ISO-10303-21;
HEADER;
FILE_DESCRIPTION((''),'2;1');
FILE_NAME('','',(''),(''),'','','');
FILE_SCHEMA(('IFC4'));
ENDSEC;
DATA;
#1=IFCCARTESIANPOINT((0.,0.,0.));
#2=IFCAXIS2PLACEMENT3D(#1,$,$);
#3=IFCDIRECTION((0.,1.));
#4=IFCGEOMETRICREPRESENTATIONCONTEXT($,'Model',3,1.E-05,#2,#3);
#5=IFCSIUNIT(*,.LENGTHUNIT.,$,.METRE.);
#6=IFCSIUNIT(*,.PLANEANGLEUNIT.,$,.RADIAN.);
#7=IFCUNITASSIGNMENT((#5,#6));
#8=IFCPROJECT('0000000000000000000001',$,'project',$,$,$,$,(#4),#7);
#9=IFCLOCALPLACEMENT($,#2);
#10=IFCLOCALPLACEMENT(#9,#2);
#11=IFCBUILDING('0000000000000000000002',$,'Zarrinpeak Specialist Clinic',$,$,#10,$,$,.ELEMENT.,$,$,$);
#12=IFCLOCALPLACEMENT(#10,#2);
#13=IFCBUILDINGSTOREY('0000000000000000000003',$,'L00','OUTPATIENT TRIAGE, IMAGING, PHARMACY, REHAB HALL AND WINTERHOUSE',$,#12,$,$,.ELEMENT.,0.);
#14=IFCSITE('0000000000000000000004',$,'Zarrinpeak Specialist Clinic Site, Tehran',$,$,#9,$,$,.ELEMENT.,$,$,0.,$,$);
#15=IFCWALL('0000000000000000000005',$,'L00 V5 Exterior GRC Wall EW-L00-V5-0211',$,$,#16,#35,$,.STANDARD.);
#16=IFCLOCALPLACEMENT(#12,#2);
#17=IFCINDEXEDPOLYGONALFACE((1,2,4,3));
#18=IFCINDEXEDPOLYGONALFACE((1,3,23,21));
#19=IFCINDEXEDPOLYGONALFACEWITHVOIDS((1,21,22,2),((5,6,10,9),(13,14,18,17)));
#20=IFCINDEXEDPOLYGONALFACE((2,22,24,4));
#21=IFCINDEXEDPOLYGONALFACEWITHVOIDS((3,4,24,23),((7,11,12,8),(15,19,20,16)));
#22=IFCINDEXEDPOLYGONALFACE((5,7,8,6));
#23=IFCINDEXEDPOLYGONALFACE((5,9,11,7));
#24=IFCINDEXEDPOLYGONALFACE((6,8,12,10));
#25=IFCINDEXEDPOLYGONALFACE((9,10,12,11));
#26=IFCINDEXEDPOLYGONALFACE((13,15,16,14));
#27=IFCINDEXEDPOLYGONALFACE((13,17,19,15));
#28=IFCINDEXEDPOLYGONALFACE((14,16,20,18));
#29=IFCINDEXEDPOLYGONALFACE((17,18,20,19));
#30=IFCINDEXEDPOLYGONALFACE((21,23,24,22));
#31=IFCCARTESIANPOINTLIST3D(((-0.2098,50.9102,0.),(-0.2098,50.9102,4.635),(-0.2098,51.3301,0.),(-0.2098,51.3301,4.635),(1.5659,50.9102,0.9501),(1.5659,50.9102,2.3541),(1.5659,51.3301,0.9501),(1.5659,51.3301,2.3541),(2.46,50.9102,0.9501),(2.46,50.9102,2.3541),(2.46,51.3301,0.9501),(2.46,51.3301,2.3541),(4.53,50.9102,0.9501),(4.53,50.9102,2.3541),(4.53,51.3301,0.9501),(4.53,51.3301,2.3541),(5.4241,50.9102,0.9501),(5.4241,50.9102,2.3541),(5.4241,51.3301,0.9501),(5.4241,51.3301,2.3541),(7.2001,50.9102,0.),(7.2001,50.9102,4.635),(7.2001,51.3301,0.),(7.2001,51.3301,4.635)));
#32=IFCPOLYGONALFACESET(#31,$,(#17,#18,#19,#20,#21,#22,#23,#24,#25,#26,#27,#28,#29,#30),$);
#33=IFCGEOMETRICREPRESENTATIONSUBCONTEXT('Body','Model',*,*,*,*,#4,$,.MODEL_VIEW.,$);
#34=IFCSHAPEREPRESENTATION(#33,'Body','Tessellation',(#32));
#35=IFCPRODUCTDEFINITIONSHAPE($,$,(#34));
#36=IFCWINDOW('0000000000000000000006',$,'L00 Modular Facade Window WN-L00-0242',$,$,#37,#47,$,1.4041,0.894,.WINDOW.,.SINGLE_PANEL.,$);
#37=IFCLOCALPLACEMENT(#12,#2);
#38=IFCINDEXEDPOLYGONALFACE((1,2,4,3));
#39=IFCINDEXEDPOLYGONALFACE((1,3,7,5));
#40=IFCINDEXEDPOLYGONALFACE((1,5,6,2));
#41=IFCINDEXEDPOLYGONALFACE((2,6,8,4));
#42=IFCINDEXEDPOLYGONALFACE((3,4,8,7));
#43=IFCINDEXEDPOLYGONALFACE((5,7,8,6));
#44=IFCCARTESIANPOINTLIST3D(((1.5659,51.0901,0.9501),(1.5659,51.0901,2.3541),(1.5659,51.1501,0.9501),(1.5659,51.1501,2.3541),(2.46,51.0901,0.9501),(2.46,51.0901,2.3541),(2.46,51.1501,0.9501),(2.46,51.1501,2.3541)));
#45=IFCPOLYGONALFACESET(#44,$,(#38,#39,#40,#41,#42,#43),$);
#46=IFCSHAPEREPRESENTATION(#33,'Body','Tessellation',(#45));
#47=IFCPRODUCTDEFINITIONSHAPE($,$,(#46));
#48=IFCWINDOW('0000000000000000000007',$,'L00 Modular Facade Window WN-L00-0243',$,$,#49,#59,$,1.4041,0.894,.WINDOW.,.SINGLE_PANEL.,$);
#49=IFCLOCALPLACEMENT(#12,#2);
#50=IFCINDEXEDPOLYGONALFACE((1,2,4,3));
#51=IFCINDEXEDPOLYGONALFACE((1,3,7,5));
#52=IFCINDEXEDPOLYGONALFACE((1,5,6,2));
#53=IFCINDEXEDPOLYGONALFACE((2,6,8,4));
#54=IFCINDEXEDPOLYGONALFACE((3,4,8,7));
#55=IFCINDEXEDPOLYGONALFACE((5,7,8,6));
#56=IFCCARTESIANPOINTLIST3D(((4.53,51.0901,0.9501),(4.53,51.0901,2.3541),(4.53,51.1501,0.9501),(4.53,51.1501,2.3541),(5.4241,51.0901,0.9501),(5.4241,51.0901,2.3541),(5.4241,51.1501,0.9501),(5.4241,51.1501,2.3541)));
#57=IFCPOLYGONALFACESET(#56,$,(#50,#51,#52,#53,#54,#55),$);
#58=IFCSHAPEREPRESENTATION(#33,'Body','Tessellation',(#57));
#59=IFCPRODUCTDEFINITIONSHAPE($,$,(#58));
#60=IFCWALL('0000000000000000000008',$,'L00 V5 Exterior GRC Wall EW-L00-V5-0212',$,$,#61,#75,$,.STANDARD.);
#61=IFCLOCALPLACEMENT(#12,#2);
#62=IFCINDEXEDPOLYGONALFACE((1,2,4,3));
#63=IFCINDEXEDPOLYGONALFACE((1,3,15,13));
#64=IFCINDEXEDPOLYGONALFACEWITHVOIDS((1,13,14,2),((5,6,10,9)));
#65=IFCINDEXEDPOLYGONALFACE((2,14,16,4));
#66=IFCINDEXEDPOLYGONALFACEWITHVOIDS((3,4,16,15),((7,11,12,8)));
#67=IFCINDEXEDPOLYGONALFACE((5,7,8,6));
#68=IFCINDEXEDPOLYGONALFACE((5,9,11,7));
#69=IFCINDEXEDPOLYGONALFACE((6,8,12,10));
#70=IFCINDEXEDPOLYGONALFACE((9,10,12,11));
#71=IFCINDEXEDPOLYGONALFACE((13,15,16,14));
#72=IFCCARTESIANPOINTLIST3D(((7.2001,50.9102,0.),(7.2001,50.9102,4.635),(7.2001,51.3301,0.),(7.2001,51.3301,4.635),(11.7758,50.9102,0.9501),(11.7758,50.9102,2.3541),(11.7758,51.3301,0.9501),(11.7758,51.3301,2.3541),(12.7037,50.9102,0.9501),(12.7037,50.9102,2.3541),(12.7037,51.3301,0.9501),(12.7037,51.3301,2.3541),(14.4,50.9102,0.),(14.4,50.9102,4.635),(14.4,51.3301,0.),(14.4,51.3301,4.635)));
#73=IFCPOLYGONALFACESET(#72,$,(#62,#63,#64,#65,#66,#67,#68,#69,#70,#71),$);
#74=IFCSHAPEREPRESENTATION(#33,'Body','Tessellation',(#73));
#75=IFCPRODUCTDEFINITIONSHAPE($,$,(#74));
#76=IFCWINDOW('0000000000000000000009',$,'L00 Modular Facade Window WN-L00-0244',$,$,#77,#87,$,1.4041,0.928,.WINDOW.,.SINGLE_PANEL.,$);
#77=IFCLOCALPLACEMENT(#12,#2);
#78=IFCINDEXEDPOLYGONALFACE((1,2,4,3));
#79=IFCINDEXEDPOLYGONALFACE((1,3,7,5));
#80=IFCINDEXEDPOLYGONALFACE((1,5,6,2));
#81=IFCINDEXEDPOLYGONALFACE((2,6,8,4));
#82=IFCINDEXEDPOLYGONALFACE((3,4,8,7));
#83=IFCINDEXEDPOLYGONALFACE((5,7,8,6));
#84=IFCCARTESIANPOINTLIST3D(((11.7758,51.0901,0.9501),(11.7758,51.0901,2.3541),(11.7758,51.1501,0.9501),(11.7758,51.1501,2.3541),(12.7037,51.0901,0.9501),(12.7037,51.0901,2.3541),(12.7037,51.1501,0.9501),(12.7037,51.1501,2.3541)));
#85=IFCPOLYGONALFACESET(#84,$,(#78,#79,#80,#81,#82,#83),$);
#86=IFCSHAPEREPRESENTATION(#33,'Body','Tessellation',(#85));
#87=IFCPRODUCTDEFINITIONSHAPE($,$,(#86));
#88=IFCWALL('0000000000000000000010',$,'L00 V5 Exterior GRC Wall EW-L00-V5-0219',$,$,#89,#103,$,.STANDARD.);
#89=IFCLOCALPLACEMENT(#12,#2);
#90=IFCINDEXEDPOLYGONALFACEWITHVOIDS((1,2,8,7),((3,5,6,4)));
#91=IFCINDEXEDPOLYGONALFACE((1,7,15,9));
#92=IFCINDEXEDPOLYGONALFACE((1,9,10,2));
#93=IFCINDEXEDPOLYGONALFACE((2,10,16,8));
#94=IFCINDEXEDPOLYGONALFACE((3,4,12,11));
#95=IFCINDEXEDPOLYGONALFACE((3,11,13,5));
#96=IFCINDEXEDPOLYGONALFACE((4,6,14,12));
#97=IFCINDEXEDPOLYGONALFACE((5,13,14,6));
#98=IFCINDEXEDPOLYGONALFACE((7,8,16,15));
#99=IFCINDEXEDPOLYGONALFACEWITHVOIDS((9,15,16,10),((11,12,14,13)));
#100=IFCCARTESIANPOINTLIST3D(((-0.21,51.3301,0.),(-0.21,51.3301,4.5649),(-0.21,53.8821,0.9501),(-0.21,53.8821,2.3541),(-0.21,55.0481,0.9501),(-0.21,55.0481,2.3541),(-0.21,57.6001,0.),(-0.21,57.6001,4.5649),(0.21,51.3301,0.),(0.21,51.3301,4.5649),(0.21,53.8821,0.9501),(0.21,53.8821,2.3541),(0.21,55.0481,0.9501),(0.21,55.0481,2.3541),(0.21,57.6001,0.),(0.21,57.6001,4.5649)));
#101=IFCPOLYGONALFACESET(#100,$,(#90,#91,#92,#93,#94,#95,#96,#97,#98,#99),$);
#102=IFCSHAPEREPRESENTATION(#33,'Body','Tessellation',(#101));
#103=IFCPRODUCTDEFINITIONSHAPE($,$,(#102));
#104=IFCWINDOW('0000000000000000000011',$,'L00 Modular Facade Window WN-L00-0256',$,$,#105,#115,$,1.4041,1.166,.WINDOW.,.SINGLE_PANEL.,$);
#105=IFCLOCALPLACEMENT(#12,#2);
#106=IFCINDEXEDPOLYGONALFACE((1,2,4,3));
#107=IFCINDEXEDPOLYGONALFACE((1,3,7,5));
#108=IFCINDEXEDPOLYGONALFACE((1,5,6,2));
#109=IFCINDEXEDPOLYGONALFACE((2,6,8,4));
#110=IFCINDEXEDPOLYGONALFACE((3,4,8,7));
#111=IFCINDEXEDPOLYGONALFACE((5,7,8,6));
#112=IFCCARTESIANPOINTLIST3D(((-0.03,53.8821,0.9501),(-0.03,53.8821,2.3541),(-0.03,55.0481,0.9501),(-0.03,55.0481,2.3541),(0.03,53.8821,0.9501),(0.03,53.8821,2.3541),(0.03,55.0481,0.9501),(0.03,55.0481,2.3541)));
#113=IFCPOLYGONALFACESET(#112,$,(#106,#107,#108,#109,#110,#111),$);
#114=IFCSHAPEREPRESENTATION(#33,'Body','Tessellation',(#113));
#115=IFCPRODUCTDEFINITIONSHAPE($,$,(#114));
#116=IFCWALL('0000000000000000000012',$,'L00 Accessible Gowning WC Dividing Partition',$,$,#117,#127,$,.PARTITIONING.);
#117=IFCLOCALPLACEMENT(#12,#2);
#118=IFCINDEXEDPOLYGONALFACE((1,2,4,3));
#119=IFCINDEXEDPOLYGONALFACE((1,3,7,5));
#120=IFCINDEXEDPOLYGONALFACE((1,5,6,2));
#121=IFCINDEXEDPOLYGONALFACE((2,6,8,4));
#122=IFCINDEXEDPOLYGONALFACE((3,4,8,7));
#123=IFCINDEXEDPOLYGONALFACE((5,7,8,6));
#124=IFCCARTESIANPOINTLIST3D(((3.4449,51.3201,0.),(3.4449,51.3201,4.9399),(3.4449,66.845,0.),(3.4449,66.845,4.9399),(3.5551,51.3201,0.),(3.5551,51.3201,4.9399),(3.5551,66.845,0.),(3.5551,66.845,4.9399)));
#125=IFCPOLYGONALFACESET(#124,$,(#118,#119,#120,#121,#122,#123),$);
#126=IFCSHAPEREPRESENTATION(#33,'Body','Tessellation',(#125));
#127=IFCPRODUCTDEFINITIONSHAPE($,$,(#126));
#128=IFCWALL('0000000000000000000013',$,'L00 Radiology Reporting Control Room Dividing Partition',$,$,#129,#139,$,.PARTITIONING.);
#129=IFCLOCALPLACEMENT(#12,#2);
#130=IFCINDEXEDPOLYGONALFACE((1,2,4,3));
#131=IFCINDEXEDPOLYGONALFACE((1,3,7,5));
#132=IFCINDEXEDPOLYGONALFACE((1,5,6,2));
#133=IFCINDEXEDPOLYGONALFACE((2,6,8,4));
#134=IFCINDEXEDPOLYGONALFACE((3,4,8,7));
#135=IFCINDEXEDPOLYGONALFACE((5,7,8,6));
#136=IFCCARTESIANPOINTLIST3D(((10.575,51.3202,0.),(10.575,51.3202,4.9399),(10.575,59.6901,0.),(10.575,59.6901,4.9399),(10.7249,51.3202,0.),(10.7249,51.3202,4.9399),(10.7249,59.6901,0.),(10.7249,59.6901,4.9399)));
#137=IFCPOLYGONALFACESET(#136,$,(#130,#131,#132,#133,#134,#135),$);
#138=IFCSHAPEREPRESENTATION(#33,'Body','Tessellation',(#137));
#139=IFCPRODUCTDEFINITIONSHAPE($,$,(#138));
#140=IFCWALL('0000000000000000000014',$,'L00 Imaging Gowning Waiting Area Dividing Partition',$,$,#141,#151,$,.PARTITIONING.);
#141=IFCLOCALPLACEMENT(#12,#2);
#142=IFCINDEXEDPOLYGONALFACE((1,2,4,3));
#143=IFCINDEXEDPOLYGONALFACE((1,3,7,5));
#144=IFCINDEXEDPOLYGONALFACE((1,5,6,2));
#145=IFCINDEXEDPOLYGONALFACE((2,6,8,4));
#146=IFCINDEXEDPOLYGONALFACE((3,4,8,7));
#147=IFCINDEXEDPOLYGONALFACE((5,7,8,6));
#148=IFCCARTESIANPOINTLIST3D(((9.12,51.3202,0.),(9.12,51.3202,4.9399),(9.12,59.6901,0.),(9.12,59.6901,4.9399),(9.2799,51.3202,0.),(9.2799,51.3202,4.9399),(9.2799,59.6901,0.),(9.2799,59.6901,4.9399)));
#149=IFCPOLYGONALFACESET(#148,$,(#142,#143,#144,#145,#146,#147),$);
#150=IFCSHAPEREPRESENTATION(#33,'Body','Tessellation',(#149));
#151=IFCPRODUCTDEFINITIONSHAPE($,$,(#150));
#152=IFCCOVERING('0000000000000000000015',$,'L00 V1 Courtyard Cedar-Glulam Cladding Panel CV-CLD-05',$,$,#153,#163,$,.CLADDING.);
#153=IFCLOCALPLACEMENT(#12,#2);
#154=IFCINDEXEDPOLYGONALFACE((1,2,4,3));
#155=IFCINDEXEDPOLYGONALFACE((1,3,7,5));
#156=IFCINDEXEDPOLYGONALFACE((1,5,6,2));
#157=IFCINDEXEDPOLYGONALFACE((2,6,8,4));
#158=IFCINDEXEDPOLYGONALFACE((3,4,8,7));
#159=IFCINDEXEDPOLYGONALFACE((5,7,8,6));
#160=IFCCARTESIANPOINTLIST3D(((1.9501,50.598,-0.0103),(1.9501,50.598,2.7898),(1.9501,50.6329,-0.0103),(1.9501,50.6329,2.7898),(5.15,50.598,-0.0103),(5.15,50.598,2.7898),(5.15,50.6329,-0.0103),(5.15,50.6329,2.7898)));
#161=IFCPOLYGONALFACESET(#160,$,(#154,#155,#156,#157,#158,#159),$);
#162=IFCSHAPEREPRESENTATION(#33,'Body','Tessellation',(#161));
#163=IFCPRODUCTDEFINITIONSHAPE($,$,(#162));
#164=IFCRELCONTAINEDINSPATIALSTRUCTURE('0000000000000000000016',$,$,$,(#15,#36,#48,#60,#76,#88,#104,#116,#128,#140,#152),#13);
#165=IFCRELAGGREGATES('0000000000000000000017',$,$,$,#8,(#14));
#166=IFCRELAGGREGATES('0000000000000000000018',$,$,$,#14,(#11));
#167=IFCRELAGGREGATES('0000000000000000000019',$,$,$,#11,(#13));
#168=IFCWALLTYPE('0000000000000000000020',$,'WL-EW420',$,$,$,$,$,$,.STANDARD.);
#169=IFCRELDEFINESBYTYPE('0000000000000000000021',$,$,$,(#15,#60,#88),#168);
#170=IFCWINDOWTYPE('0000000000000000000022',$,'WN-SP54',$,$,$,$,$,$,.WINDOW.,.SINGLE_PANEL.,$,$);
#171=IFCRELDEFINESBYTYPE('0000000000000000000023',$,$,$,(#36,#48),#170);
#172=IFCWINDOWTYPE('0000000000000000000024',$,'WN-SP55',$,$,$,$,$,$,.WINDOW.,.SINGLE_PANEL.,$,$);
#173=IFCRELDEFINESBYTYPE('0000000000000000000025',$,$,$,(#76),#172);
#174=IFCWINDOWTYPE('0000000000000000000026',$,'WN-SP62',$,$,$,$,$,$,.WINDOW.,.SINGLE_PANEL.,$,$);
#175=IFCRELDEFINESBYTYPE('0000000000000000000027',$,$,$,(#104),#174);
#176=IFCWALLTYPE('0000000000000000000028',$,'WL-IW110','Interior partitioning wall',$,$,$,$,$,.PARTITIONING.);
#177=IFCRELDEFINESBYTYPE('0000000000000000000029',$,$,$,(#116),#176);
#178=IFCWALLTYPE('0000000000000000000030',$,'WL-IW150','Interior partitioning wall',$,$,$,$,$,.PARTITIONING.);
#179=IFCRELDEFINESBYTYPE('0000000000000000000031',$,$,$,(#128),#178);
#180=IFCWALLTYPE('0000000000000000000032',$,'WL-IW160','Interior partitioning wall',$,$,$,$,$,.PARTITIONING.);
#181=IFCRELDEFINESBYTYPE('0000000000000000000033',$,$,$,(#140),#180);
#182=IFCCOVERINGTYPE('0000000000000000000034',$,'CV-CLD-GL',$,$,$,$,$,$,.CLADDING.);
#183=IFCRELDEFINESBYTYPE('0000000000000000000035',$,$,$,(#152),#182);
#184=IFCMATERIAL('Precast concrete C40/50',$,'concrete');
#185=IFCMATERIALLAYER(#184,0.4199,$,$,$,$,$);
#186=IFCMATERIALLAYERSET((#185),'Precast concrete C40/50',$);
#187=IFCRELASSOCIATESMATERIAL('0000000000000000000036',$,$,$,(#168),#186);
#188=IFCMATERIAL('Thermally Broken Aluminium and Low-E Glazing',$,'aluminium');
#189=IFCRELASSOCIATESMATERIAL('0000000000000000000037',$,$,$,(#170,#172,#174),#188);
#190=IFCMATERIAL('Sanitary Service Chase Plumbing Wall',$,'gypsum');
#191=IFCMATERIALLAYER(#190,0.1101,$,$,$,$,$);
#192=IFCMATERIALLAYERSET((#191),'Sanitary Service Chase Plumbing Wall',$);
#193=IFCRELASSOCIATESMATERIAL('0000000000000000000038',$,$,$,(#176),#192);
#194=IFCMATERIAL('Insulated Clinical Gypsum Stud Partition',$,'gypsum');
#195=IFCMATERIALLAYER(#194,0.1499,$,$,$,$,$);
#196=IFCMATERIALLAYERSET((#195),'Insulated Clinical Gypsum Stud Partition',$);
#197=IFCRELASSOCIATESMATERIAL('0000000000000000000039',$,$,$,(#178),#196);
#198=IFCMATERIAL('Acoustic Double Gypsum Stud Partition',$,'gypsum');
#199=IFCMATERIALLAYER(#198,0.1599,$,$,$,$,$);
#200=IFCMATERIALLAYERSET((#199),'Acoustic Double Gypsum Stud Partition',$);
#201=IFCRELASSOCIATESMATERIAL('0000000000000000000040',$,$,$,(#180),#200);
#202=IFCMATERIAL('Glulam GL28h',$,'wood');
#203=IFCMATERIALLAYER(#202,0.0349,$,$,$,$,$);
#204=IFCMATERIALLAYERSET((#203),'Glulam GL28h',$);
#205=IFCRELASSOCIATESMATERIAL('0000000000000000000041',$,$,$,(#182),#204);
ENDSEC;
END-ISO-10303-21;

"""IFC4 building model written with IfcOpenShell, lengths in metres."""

from ifc_helpers import new_model, si_unit, direction, frame, frame_2d, origin, origin_2d, place, context, subcontext, project, spatial, rectangle, extrude, material, layer, layer_set, type_object, element, fill, save


model = new_model("IFC4")

# Units and contexts
model_context = context("Model", 3, precision=1e-05, world=origin(), true_north=direction((0.0, 1.0)))
body_context = subcontext(model_context, "Body", "Model", "MODEL_VIEW")
ifc_project = project(units=[si_unit("LENGTHUNIT", "METRE"), si_unit("PLANEANGLEUNIT", "RADIAN")], contexts=[model_context])

# Site, building, storey
site_placement = place(None, origin())
site = spatial("IfcSite", under=ifc_project, at=site_placement, Name="Zarrinpeak Specialist Clinic Site, Tehran", CompositionType="ELEMENT", RefElevation=0.0)
building_placement = place(site_placement, origin())
building = spatial("IfcBuilding", under=site, at=building_placement, Name="Zarrinpeak Specialist Clinic", CompositionType="ELEMENT")
storey_placement = place(building_placement, origin())
storey = spatial("IfcBuildingStorey", under=building, at=storey_placement, Name="L00", Description="OUTPATIENT TRIAGE, IMAGING, PHARMACY, REHAB HALL AND WINTERHOUSE", CompositionType="ELEMENT", Elevation=0.0)

# Wall, openings, windows
ifc_material_1 = material(Name="Precast concrete C40/50", Category="concrete")
ifc_layer_1 = layer(ifc_material_1, 0.4199)
ifc_layer_set_1 = layer_set([ifc_layer_1], Name="Precast concrete C40/50")
wall_type_1 = type_object("IfcWallType", Name="WL-EW420", PredefinedType="STANDARD", material=ifc_layer_set_1)
wall_1_placement = place(storey_placement, frame((-0.21, 51.1201, 0.0), z_axis=(0.0, 0.0, 1.0), x_axis=(1.0, 0.0, 0.0)))
wall_1 = element("IfcWall", 1, at=wall_1_placement, inside=storey, type_object=wall_type_1, Name="L00 V5 Exterior GRC Wall EW-L00-V5-0211", PredefinedType="STANDARD", context=body_context, shape_type="SweptSolid", body=[
    extrude(rectangle(XDim=7.4099, YDim=0.4199, at=frame_2d((3.7051, 0.0))), origin(), (0.0, 0.0, 1.0), 4.635),
])
opening_1_placement = place(wall_1_placement, frame((1.7759, 0.0, 0.95)))
opening_1 = element("IfcOpeningElement", 2, at=opening_1_placement, cuts=wall_1, PredefinedType="OPENING", context=body_context, shape_type="SweptSolid", body=[
    extrude(rectangle(XDim=0.894, YDim=1.4041, at=frame_2d((0.447, 0.7021))), frame((0.0, 0.22, 0.0), z_axis=(0.0, -1.0, 0.0), x_axis=(1.0, 0.0, 0.0)), (0.0, 0.0, 1.0), 0.4399),
])
opening_2_placement = place(wall_1_placement, frame((4.74, 0.0, 0.95)))
opening_2 = element("IfcOpeningElement", 3, at=opening_2_placement, cuts=wall_1, PredefinedType="OPENING", context=body_context, shape_type="SweptSolid", body=[
    extrude(rectangle(XDim=0.894, YDim=1.4041, at=frame_2d((0.447, 0.7021))), frame((0.0, 0.22, 0.0), z_axis=(0.0, -1.0, 0.0), x_axis=(1.0, 0.0, 0.0)), (0.0, 0.0, 1.0), 0.4399),
])
ifc_material_2 = material(Name="Thermally Broken Aluminium and Low-E Glazing", Category="aluminium")
window_type_1 = type_object("IfcWindowType", Name="WN-SP54", PartitioningType="SINGLE_PANEL", PredefinedType="WINDOW", material=ifc_material_2)
window_1_placement = place(opening_1_placement, origin())
window_1 = element("IfcWindow", 4, at=window_1_placement, inside=storey, type_object=window_type_1, Name="L00 Modular Facade Window WN-L00-0242", OverallHeight=1.4041, OverallWidth=0.894, PartitioningType="SINGLE_PANEL", PredefinedType="WINDOW", context=body_context, shape_type="SweptSolid", body=[
    extrude(rectangle(XDim=0.894, YDim=1.4041, at=frame_2d((0.447, 0.7021))), frame((0.0, 0.03, 0.0), z_axis=(0.0, -1.0, 0.0), x_axis=(1.0, 0.0, 0.0)), (0.0, 0.0, 1.0), 0.0601),
])
fill(opening_1, window_1)
window_2_placement = place(opening_2_placement, origin())
window_2 = element("IfcWindow", 5, at=window_2_placement, inside=storey, type_object=window_type_1, Name="L00 Modular Facade Window WN-L00-0243", OverallHeight=1.4041, OverallWidth=0.894, PartitioningType="SINGLE_PANEL", PredefinedType="WINDOW", context=body_context, shape_type="SweptSolid", body=[
    extrude(rectangle(XDim=0.894, YDim=1.4041, at=frame_2d((0.447, 0.7021))), frame((0.0, 0.03, 0.0), z_axis=(0.0, -1.0, 0.0), x_axis=(1.0, 0.0, 0.0)), (0.0, 0.0, 1.0), 0.0601),
])
fill(opening_2, window_2)

# Walls, openings, windows
wall_2_placement = place(storey_placement, frame((7.2, 51.1201, 0.0), z_axis=(0.0, 0.0, 1.0), x_axis=(1.0, 0.0, 0.0)))
wall_2 = element("IfcWall", 6, at=wall_2_placement, inside=storey, type_object=wall_type_1, Name="L00 V5 Exterior GRC Wall EW-L00-V5-0212", PredefinedType="STANDARD", context=body_context, shape_type="SweptSolid", body=[
    extrude(rectangle(XDim=7.2, YDim=0.4199, at=frame_2d((3.6001, 0.0))), origin(), (0.0, 0.0, 1.0), 4.635),
])
opening_3_placement = place(wall_2_placement, frame((4.5759, 0.0, 0.95)))
opening_3 = element("IfcOpeningElement", 7, at=opening_3_placement, cuts=wall_2, PredefinedType="OPENING", context=body_context, shape_type="SweptSolid", body=[
    extrude(rectangle(XDim=0.928, YDim=1.4041, at=frame_2d((0.4639, 0.7021))), frame((0.0, 0.22, 0.0), z_axis=(0.0, -1.0, 0.0), x_axis=(1.0, 0.0, 0.0)), (0.0, 0.0, 1.0), 0.4399),
])
window_type_2 = type_object("IfcWindowType", Name="WN-SP55", PartitioningType="SINGLE_PANEL", PredefinedType="WINDOW", material=ifc_material_2)
window_3_placement = place(opening_3_placement, origin())
window_3 = element("IfcWindow", 8, at=window_3_placement, inside=storey, type_object=window_type_2, Name="L00 Modular Facade Window WN-L00-0244", OverallHeight=1.4041, OverallWidth=0.928, PartitioningType="SINGLE_PANEL", PredefinedType="WINDOW", context=body_context, shape_type="SweptSolid", body=[
    extrude(rectangle(XDim=0.928, YDim=1.4041, at=frame_2d((0.4639, 0.7021))), frame((0.0, 0.03, 0.0), z_axis=(0.0, -1.0, 0.0), x_axis=(1.0, 0.0, 0.0)), (0.0, 0.0, 1.0), 0.0601),
])
fill(opening_3, window_3)
wall_3_placement = place(storey_placement, frame((0.0, 57.6001, 0.0), z_axis=(0.0, 0.0, 1.0), x_axis=(0.0, -1.0, 0.0)))
wall_3 = element("IfcWall", 9, at=wall_3_placement, inside=storey, type_object=wall_type_1, Name="L00 V5 Exterior GRC Wall EW-L00-V5-0219", PredefinedType="STANDARD", context=body_context, shape_type="SweptSolid", body=[
    extrude(rectangle(XDim=6.27, YDim=0.4199, at=frame_2d((3.135, 0.0))), origin(), (0.0, 0.0, 1.0), 4.5649),
])
opening_4_placement = place(wall_3_placement, frame((2.552, 0.0, 0.95)))
opening_4 = element("IfcOpeningElement", 10, at=opening_4_placement, cuts=wall_3, PredefinedType="OPENING", context=body_context, shape_type="SweptSolid", body=[
    extrude(rectangle(XDim=1.166, YDim=1.4041, at=frame_2d((0.583, 0.7021))), frame((0.0, 0.22, 0.0), z_axis=(0.0, -1.0, 0.0), x_axis=(1.0, 0.0, 0.0)), (0.0, 0.0, 1.0), 0.4399),
])
window_type_3 = type_object("IfcWindowType", Name="WN-SP62", PartitioningType="SINGLE_PANEL", PredefinedType="WINDOW", material=ifc_material_2)
window_4_placement = place(opening_4_placement, origin())
window_4 = element("IfcWindow", 11, at=window_4_placement, inside=storey, type_object=window_type_3, Name="L00 Modular Facade Window WN-L00-0256", OverallHeight=1.4041, OverallWidth=1.166, PartitioningType="SINGLE_PANEL", PredefinedType="WINDOW", context=body_context, shape_type="SweptSolid", body=[
    extrude(rectangle(XDim=1.166, YDim=1.4041, at=frame_2d((0.583, 0.7021))), frame((0.0, 0.03, 0.0), z_axis=(0.0, -1.0, 0.0), x_axis=(1.0, 0.0, 0.0)), (0.0, 0.0, 1.0), 0.0601),
])
fill(opening_4, window_4)

# Walls
ifc_material_3 = material(Name="Sanitary Service Chase Plumbing Wall", Category="gypsum")
ifc_layer_2 = layer(ifc_material_3, 0.1101)
ifc_layer_set_2 = layer_set([ifc_layer_2], Name="Sanitary Service Chase Plumbing Wall")
wall_type_2 = type_object("IfcWallType", Name="WL-IW110", Description="Interior partitioning wall", PredefinedType="PARTITIONING", material=ifc_layer_set_2)
wall_4_placement = place(storey_placement, frame((3.5, 51.3201, 0.0), z_axis=(0.0, 0.0, 1.0), x_axis=(0.0, 1.0, 0.0)))
element("IfcWall", 12, at=wall_4_placement, inside=storey, type_object=wall_type_2, Name="L00 Accessible Gowning WC Dividing Partition", PredefinedType="PARTITIONING", context=body_context, shape_type="SweptSolid", body=[
    extrude(rectangle(XDim=15.5249, YDim=0.1101, at=frame_2d((7.7625, 0.0))), origin(), (0.0, 0.0, 1.0), 4.9399),
])
ifc_material_4 = material(Name="Insulated Clinical Gypsum Stud Partition", Category="gypsum")
ifc_layer_3 = layer(ifc_material_4, 0.1499)
ifc_layer_set_3 = layer_set([ifc_layer_3], Name="Insulated Clinical Gypsum Stud Partition")
wall_type_3 = type_object("IfcWallType", Name="WL-IW150", Description="Interior partitioning wall", PredefinedType="PARTITIONING", material=ifc_layer_set_3)
wall_5_placement = place(storey_placement, frame((10.6499, 51.3201, 0.0), z_axis=(0.0, 0.0, 1.0), x_axis=(0.0, 1.0, 0.0)))
element("IfcWall", 13, at=wall_5_placement, inside=storey, type_object=wall_type_3, Name="L00 Radiology Reporting Control Room Dividing Partition", PredefinedType="PARTITIONING", context=body_context, shape_type="SweptSolid", body=[
    extrude(rectangle(XDim=8.3699, YDim=0.1499, at=frame_2d((4.1851, 0.0))), origin(), (0.0, 0.0, 1.0), 4.9399),
])
ifc_material_5 = material(Name="Acoustic Double Gypsum Stud Partition", Category="gypsum")
ifc_layer_4 = layer(ifc_material_5, 0.1599)
ifc_layer_set_4 = layer_set([ifc_layer_4], Name="Acoustic Double Gypsum Stud Partition")
wall_type_4 = type_object("IfcWallType", Name="WL-IW160", Description="Interior partitioning wall", PredefinedType="PARTITIONING", material=ifc_layer_set_4)
wall_6_placement = place(storey_placement, frame((9.2, 51.3201, 0.0), z_axis=(0.0, 0.0, 1.0), x_axis=(0.0, 1.0, 0.0)))
element("IfcWall", 14, at=wall_6_placement, inside=storey, type_object=wall_type_4, Name="L00 Imaging Gowning Waiting Area Dividing Partition", PredefinedType="PARTITIONING", context=body_context, shape_type="SweptSolid", body=[
    extrude(rectangle(XDim=8.3699, YDim=0.1599, at=frame_2d((4.1851, 0.0))), origin(), (0.0, 0.0, 1.0), 4.9399),
])

# Covering
ifc_material_6 = material(Name="Glulam GL28h", Category="wood")
ifc_layer_5 = layer(ifc_material_6, 0.0349)
ifc_layer_set_5 = layer_set([ifc_layer_5], Name="Glulam GL28h")
covering_type = type_object("IfcCoveringType", Name="CV-CLD-GL", PredefinedType="CLADDING", material=ifc_layer_set_5)
covering_placement = place(storey_placement, frame((3.55, 50.6155, -0.0103), z_axis=(0.0, 0.0, 1.0), x_axis=(1.0, 0.0, 0.0)))
element("IfcCovering", 15, at=covering_placement, inside=storey, type_object=covering_type, Name="L00 V1 Courtyard Cedar-Glulam Cladding Panel CV-CLD-05", PredefinedType="CLADDING", context=body_context, shape_type="SweptSolid", body=[
    extrude(rectangle(XDim=3.2, YDim=0.0349, at=origin_2d()), origin(), (0.0, 0.0, 1.0), 2.8),
])

save(model, "model.ifc")
